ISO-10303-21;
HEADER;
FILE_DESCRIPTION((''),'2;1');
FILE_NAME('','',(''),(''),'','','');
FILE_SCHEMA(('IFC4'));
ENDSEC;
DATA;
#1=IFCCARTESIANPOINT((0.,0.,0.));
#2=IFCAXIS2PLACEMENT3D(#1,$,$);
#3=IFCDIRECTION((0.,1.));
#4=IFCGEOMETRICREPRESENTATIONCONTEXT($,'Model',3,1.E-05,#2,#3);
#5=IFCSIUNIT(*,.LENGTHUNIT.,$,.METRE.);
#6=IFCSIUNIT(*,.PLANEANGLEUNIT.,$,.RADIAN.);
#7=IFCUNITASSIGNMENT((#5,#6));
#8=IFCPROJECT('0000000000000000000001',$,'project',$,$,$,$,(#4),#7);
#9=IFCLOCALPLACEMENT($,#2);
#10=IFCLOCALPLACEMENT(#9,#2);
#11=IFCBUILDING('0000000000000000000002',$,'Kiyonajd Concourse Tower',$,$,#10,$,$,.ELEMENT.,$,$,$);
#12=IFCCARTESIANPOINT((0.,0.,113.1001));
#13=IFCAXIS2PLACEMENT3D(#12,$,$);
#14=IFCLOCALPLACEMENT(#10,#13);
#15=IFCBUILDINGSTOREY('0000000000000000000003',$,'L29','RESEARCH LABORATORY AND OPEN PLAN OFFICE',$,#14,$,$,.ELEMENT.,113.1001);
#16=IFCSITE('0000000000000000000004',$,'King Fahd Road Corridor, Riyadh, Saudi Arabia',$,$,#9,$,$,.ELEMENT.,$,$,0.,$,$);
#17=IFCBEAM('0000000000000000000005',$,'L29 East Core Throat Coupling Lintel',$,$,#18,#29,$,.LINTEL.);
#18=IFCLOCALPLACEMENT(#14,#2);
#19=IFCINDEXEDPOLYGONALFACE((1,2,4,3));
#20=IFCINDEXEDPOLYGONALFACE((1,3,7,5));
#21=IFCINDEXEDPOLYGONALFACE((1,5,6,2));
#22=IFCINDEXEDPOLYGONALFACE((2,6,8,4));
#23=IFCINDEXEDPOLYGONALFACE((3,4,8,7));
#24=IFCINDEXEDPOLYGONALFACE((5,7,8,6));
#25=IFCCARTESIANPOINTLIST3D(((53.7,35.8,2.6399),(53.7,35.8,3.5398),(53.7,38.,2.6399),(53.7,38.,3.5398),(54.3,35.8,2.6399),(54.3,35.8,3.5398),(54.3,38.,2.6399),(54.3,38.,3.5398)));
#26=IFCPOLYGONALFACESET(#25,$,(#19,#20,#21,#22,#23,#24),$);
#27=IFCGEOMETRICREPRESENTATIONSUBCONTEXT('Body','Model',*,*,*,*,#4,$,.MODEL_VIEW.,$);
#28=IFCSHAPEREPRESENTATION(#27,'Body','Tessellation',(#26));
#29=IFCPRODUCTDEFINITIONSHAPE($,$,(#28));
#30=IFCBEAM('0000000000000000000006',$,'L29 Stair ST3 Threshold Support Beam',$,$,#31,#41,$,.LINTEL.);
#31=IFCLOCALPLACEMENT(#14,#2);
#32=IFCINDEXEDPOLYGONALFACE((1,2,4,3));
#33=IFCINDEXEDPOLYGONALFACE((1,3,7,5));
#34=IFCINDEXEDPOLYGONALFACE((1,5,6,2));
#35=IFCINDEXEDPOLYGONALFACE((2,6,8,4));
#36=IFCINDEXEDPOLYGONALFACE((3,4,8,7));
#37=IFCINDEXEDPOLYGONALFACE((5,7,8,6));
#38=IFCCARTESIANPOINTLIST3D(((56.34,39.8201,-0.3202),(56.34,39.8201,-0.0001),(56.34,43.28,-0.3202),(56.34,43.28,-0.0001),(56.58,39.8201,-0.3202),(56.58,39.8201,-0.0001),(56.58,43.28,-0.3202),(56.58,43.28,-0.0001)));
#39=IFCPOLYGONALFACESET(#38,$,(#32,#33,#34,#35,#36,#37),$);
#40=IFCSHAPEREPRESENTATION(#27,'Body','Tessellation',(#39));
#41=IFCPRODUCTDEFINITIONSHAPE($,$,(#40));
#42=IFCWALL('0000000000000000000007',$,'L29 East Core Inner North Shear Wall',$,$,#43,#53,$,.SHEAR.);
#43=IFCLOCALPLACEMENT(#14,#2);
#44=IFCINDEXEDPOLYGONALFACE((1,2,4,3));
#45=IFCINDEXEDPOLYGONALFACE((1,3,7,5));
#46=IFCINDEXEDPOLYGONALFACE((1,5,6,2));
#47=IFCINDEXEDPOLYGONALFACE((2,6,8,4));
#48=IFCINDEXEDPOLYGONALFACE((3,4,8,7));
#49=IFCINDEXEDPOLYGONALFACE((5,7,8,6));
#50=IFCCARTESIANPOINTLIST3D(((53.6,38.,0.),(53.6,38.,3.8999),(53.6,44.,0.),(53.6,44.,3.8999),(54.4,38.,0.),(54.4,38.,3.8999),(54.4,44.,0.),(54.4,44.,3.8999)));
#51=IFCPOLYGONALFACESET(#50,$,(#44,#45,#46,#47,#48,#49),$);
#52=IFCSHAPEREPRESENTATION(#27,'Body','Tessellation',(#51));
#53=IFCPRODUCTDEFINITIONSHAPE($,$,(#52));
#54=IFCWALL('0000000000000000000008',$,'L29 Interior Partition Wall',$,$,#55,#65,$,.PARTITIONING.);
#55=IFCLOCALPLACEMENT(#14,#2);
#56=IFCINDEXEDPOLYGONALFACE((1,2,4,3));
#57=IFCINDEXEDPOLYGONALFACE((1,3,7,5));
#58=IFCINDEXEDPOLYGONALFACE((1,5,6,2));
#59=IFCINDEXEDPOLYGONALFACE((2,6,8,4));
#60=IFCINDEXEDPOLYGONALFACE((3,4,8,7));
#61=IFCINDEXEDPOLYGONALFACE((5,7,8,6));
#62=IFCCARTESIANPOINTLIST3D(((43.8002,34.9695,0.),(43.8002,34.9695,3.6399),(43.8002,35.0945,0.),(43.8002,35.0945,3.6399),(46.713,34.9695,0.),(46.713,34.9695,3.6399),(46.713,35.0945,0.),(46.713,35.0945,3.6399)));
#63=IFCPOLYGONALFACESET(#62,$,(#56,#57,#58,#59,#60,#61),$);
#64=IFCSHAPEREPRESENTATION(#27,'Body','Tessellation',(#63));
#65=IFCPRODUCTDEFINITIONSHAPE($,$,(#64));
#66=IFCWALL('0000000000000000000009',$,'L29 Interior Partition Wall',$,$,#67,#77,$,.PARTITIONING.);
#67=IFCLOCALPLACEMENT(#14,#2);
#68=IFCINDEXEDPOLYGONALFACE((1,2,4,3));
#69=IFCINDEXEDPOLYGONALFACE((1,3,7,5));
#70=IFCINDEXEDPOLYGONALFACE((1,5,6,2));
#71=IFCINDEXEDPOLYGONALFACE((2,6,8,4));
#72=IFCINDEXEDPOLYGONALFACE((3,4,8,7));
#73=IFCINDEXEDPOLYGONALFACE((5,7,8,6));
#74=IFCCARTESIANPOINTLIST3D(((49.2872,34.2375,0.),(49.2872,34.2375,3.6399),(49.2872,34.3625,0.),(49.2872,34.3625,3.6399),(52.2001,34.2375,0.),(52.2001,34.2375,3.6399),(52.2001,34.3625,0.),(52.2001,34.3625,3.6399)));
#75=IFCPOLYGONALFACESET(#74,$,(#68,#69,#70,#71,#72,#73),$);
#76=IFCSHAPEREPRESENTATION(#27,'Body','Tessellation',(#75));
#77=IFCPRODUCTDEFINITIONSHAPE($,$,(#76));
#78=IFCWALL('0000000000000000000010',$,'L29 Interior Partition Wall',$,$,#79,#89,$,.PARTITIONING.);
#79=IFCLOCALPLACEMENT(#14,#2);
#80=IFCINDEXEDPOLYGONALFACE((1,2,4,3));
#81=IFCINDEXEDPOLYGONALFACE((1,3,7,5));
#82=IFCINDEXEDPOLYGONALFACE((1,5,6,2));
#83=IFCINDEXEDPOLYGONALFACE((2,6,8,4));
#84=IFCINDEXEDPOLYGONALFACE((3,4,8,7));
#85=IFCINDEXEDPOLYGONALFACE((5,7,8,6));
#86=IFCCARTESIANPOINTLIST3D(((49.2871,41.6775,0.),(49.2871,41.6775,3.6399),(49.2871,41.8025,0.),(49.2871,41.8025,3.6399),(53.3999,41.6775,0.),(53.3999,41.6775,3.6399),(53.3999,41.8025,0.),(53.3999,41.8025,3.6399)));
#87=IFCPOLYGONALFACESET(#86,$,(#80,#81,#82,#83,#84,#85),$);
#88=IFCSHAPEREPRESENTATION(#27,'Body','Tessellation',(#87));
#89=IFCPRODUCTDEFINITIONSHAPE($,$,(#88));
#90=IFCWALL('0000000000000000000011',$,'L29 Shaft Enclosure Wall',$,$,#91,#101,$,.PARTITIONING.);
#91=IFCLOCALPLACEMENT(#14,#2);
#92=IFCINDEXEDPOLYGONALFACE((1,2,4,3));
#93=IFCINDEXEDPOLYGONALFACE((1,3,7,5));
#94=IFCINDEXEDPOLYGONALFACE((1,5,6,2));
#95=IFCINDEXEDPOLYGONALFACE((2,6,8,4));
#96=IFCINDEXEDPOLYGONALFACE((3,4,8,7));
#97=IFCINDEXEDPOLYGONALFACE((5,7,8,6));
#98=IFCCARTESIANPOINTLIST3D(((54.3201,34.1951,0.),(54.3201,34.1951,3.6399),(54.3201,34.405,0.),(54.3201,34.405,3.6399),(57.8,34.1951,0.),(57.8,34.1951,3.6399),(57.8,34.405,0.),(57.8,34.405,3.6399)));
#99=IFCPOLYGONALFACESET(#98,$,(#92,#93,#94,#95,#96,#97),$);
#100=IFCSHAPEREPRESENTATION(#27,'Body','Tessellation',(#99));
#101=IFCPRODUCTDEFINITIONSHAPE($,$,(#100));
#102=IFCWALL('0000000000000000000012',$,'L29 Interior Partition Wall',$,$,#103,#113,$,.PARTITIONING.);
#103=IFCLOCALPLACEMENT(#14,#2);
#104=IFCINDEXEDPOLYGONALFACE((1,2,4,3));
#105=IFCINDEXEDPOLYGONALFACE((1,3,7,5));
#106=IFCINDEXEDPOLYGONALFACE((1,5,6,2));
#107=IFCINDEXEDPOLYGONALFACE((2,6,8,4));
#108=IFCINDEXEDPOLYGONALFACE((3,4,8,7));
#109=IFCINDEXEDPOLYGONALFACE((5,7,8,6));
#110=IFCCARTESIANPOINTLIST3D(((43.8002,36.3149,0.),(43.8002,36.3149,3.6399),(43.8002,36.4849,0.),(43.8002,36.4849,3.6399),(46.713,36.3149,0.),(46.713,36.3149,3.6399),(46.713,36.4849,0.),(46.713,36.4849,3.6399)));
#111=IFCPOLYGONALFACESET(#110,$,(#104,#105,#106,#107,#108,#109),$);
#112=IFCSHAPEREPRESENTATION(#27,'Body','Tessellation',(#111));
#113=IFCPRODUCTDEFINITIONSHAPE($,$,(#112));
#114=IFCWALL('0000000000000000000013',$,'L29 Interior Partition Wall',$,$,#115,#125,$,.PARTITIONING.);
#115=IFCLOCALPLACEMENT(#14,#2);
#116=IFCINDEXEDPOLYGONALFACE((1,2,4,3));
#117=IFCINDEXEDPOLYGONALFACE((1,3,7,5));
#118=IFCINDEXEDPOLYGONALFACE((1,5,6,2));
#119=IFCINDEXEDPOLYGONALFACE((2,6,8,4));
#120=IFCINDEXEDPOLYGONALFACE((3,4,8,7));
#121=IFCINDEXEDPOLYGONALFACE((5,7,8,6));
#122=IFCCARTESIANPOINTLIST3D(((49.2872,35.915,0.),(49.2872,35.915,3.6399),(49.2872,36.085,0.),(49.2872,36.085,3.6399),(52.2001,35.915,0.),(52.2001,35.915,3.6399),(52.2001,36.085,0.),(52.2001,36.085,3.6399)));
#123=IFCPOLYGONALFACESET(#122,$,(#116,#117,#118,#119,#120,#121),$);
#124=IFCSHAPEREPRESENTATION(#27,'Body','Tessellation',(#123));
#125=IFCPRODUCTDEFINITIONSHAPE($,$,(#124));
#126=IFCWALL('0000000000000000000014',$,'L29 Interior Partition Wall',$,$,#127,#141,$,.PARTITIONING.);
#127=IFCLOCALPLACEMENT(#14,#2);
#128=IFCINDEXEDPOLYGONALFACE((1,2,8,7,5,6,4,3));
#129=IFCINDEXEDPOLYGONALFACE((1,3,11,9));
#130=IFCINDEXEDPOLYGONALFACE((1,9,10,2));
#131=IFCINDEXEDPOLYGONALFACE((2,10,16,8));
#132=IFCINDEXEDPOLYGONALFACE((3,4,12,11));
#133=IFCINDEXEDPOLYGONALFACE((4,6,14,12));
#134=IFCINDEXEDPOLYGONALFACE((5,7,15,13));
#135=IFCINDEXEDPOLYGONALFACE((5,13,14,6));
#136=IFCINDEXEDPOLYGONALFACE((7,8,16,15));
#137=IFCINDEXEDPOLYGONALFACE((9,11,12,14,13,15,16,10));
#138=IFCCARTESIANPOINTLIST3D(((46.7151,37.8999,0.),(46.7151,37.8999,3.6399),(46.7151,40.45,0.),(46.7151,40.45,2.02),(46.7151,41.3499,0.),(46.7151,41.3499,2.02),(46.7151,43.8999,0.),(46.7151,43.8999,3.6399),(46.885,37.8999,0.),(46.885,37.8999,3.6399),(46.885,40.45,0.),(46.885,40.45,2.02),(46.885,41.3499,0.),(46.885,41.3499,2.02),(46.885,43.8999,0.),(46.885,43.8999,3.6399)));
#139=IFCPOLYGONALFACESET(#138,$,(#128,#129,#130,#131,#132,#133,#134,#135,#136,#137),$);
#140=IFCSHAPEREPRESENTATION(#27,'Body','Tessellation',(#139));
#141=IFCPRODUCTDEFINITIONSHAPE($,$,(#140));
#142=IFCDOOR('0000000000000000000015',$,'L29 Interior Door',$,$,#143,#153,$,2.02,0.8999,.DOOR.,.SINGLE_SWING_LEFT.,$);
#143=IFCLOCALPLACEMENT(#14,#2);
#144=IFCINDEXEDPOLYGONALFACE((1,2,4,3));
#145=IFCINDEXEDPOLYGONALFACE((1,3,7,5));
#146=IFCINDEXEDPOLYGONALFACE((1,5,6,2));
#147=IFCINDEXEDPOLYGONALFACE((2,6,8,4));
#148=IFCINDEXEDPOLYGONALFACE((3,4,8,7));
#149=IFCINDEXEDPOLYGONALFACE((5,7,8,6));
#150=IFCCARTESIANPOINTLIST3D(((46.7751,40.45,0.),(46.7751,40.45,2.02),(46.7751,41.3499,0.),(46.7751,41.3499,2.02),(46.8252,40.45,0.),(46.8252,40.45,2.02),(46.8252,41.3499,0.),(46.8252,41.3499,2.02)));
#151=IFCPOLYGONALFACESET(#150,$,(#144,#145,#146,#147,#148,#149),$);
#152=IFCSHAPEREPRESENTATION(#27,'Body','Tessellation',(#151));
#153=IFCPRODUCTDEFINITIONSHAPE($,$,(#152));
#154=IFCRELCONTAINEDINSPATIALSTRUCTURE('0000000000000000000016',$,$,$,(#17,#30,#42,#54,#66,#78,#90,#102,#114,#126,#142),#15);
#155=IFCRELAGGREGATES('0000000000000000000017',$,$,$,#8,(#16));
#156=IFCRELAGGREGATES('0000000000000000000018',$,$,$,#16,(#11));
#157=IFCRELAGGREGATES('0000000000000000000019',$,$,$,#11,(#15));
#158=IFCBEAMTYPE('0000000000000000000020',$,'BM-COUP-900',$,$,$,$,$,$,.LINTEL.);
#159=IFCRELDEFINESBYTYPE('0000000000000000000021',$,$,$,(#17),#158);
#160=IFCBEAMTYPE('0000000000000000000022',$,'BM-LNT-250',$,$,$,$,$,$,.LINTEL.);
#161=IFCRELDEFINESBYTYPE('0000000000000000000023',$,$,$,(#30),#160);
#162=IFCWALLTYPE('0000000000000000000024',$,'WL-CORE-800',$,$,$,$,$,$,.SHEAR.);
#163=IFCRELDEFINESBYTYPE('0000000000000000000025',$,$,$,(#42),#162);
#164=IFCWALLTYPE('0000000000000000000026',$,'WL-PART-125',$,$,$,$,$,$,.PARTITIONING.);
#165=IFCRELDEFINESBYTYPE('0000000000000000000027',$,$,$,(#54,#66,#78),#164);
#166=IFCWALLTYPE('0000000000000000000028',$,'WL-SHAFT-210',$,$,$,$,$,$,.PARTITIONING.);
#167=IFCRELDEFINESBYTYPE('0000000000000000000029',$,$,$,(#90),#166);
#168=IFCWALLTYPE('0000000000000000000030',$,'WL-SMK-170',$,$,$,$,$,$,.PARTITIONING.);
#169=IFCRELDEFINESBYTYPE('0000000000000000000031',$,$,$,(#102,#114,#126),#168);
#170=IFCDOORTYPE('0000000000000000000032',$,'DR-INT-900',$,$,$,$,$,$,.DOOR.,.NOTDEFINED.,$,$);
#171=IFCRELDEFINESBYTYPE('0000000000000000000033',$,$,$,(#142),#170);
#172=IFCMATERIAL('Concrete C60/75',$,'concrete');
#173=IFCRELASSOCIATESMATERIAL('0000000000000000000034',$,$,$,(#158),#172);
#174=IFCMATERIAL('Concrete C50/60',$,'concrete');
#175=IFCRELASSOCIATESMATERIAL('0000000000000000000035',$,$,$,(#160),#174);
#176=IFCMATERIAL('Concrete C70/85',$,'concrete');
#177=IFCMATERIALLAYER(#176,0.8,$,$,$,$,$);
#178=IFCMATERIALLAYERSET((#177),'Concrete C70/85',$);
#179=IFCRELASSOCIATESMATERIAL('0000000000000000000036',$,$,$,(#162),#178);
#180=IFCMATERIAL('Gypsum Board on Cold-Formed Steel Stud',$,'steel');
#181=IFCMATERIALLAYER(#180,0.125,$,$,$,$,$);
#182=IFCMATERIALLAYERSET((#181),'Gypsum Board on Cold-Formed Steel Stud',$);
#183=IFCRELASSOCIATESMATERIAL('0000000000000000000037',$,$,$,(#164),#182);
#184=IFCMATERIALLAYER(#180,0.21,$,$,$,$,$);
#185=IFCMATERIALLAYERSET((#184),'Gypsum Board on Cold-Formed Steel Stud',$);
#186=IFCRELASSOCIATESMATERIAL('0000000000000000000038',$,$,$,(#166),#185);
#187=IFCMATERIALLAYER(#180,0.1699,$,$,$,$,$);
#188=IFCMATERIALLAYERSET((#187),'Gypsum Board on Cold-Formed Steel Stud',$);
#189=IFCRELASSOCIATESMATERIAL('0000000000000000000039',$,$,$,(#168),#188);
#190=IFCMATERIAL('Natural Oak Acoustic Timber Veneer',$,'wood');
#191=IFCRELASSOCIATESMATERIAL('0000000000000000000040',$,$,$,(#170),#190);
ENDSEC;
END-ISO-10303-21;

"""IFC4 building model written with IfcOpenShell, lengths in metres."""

from ifc_helpers import new_model, si_unit, direction, frame, frame_2d, origin, origin_2d, place, context, subcontext, project, spatial, rectangle, extrude, material, layer, layer_set, material_profile, profile_set, type_object, element, fill, save


model = new_model("IFC4")

# Units and contexts
model_context = context("Model", 3, precision=1e-05, world=origin(), true_north=direction((0.0, 1.0)))
body_context = subcontext(model_context, "Body", "Model", "MODEL_VIEW")
ifc_project = project(units=[si_unit("LENGTHUNIT", "METRE"), si_unit("PLANEANGLEUNIT", "RADIAN")], contexts=[model_context])

# Site, building, storey
site_placement = place(None, origin())
site = spatial("IfcSite", under=ifc_project, at=site_placement, Name="King Fahd Road Corridor, Riyadh, Saudi Arabia", CompositionType="ELEMENT", RefElevation=0.0)
building_placement = place(site_placement, origin())
building = spatial("IfcBuilding", under=site, at=building_placement, Name="Kiyonajd Concourse Tower", CompositionType="ELEMENT")
storey_placement = place(building_placement, frame((0.0, 0.0, 113.1001)))
storey = spatial("IfcBuildingStorey", under=building, at=storey_placement, Name="L29", Description="RESEARCH LABORATORY AND OPEN PLAN OFFICE", CompositionType="ELEMENT", Elevation=113.1001)

# Beams
ifc_material_1 = material(Name="Concrete C60/75", Category="concrete")
ifc_material_profile_1 = material_profile(ifc_material_1, rectangle(XDim=0.6001, YDim=0.8999, at=origin_2d()), Name="RCBM-600x900")
ifc_profile_set_1 = profile_set([ifc_material_profile_1], Name="Concrete C60/75")
beam_type_1 = type_object("IfcBeamType", Name="BM-COUP-900", PredefinedType="LINTEL", material=ifc_profile_set_1)
beam_1_placement = place(storey_placement, frame((54.0, 35.8, 3.0898), z_axis=(0.0, 1.0, 0.0), x_axis=(-1.0, 0.0, 0.0)))
element("IfcBeam", 1, at=beam_1_placement, inside=storey, type_object=beam_type_1, Name="L29 East Core Throat Coupling Lintel", PredefinedType="LINTEL", context=body_context, shape_type="SweptSolid", body=[
    extrude(rectangle(XDim=0.6001, YDim=0.8999, at=origin_2d()), origin(), (0.0, 0.0, 1.0), 2.2),
])
ifc_material_2 = material(Name="Concrete C50/60", Category="concrete")
ifc_material_profile_2 = material_profile(ifc_material_2, rectangle(XDim=0.24, YDim=0.3201, at=origin_2d()), Name="RCBM-240x320")
ifc_profile_set_2 = profile_set([ifc_material_profile_2], Name="Concrete C50/60")
beam_type_2 = type_object("IfcBeamType", Name="BM-LNT-250", PredefinedType="LINTEL", material=ifc_profile_set_2)
beam_2_placement = place(storey_placement, frame((56.46, 39.8201, -0.1602), z_axis=(0.0, 1.0, 0.0), x_axis=(-1.0, 0.0, 0.0)))
element("IfcBeam", 2, at=beam_2_placement, inside=storey, type_object=beam_type_2, Name="L29 Stair ST3 Threshold Support Beam", PredefinedType="LINTEL", context=body_context, shape_type="SweptSolid", body=[
    extrude(rectangle(XDim=0.24, YDim=0.3201, at=origin_2d()), origin(), (0.0, 0.0, 1.0), 3.46),
])

# Walls
ifc_material_3 = material(Name="Concrete C70/85", Category="concrete")
ifc_layer_1 = layer(ifc_material_3, 0.8)
ifc_layer_set_1 = layer_set([ifc_layer_1], Name="Concrete C70/85")
wall_type_1 = type_object("IfcWallType", Name="WL-CORE-800", PredefinedType="SHEAR", material=ifc_layer_set_1)
wall_1_placement = place(storey_placement, frame((54.0, 38.0, 0.0), z_axis=(0.0, 0.0, 1.0), x_axis=(0.0, 1.0, 0.0)))
element("IfcWall", 3, at=wall_1_placement, inside=storey, type_object=wall_type_1, Name="L29 East Core Inner North Shear Wall", PredefinedType="SHEAR", context=body_context, shape_type="SweptSolid", body=[
    extrude(rectangle(XDim=6.0, YDim=0.8, at=frame_2d((3.0, 0.0))), origin(), (0.0, 0.0, 1.0), 3.8999),
])
ifc_material_4 = material(Name="Gypsum Board on Cold-Formed Steel Stud", Category="steel")
ifc_layer_2 = layer(ifc_material_4, 0.125)
ifc_layer_set_2 = layer_set([ifc_layer_2], Name="Gypsum Board on Cold-Formed Steel Stud")
wall_type_2 = type_object("IfcWallType", Name="WL-PART-125", PredefinedType="PARTITIONING", material=ifc_layer_set_2)
for number, where, z_axis, x_axis, name in (
    (4, (43.8, 35.032, 0.0), (0.0, 0.0, 1.0), (1.0, 0.0, 0.0), "L29 Interior Partition Wall"),
    (5, (49.2871, 34.3, 0.0), (0.0, 0.0, 1.0), (1.0, 0.0, 0.0), "L29 Interior Partition Wall"),
):
    element("IfcWall", number, at=place(storey_placement, frame(where, z_axis=z_axis, x_axis=x_axis)), inside=storey, type_object=wall_type_2, Name=name, PredefinedType="PARTITIONING", context=body_context, shape_type="SweptSolid", body=[
        extrude(rectangle(XDim=2.9128, YDim=0.125, at=frame_2d((1.4565, 0.0))), origin(), (0.0, 0.0, 1.0), 3.6399),
    ])
wall_2_placement = place(storey_placement, frame((49.2871, 41.74, 0.0), z_axis=(0.0, 0.0, 1.0), x_axis=(1.0, 0.0, 0.0)))
element("IfcWall", 6, at=wall_2_placement, inside=storey, type_object=wall_type_2, Name="L29 Interior Partition Wall", PredefinedType="PARTITIONING", context=body_context, shape_type="SweptSolid", body=[
    extrude(rectangle(XDim=4.1128, YDim=0.125, at=frame_2d((2.0564, 0.0))), origin(), (0.0, 0.0, 1.0), 3.6399),
])
ifc_layer_3 = layer(ifc_material_4, 0.21)
ifc_layer_set_3 = layer_set([ifc_layer_3], Name="Gypsum Board on Cold-Formed Steel Stud")
wall_type_3 = type_object("IfcWallType", Name="WL-SHAFT-210", PredefinedType="PARTITIONING", material=ifc_layer_set_3)
wall_3_placement = place(storey_placement, frame((54.3201, 34.3, 0.0), z_axis=(0.0, 0.0, 1.0), x_axis=(1.0, 0.0, 0.0)))
element("IfcWall", 7, at=wall_3_placement, inside=storey, type_object=wall_type_3, Name="L29 Shaft Enclosure Wall", PredefinedType="PARTITIONING", context=body_context, shape_type="SweptSolid", body=[
    extrude(rectangle(XDim=3.48, YDim=0.21, at=frame_2d((1.74, 0.0))), origin(), (0.0, 0.0, 1.0), 3.6399),
])
ifc_layer_4 = layer(ifc_material_4, 0.1699)
ifc_layer_set_4 = layer_set([ifc_layer_4], Name="Gypsum Board on Cold-Formed Steel Stud")
wall_type_4 = type_object("IfcWallType", Name="WL-SMK-170", PredefinedType="PARTITIONING", material=ifc_layer_set_4)
for number, where, z_axis, x_axis, name in (
    (8, (43.8, 36.3999, 0.0), (0.0, 0.0, 1.0), (1.0, 0.0, 0.0), "L29 Interior Partition Wall"),
    (9, (49.2871, 36.0, 0.0), (0.0, 0.0, 1.0), (1.0, 0.0, 0.0), "L29 Interior Partition Wall"),
):
    element("IfcWall", number, at=place(storey_placement, frame(where, z_axis=z_axis, x_axis=x_axis)), inside=storey, type_object=wall_type_4, Name=name, PredefinedType="PARTITIONING", context=body_context, shape_type="SweptSolid", body=[
        extrude(rectangle(XDim=2.9128, YDim=0.1699, at=frame_2d((1.4565, 0.0))), origin(), (0.0, 0.0, 1.0), 3.6399),
    ])

# Wall, opening, door
wall_4_placement = place(storey_placement, frame((46.8, 37.8999, 0.0), z_axis=(0.0, 0.0, 1.0), x_axis=(0.0, 1.0, 0.0)))
wall_4 = element("IfcWall", 10, at=wall_4_placement, inside=storey, type_object=wall_type_4, Name="L29 Interior Partition Wall", PredefinedType="PARTITIONING", context=body_context, shape_type="SweptSolid", body=[
    extrude(rectangle(XDim=6.0, YDim=0.1699, at=frame_2d((3.0, 0.0))), origin(), (0.0, 0.0, 1.0), 3.6399),
])
opening_1_placement = place(wall_4_placement, frame((2.55, 0.0, 0.0)))
opening_1 = element("IfcOpeningElement", 11, at=opening_1_placement, cuts=wall_4, PredefinedType="OPENING", context=body_context, shape_type="SweptSolid", body=[
    extrude(rectangle(XDim=0.8999, YDim=2.02, at=frame_2d((0.45, 1.01))), frame((0.0, 0.095, 0.0), z_axis=(0.0, -1.0, 0.0), x_axis=(1.0, 0.0, 0.0)), (0.0, 0.0, 1.0), 0.1899),
])
ifc_material_5 = material(Name="Natural Oak Acoustic Timber Veneer", Category="wood")
door_type_1 = type_object("IfcDoorType", Name="DR-INT-900", OperationType="NOTDEFINED", PredefinedType="DOOR", material=ifc_material_5)
door_1_placement = place(opening_1_placement, origin())
door_1 = element("IfcDoor", 12, at=door_1_placement, inside=storey, type_object=door_type_1, Name="L29 Interior Door", OperationType="SINGLE_SWING_LEFT", OverallHeight=2.02, OverallWidth=0.8999, PredefinedType="DOOR", context=body_context, shape_type="SweptSolid", body=[
    extrude(rectangle(XDim=0.8999, YDim=2.02, at=frame_2d((0.45, 1.01))), frame((0.0, 0.0249, 0.0), z_axis=(0.0, -1.0, 0.0), x_axis=(1.0, 0.0, 0.0)), (0.0, 0.0, 1.0), 0.05),
])
fill(opening_1, door_1)

save(model, "model.ifc")
